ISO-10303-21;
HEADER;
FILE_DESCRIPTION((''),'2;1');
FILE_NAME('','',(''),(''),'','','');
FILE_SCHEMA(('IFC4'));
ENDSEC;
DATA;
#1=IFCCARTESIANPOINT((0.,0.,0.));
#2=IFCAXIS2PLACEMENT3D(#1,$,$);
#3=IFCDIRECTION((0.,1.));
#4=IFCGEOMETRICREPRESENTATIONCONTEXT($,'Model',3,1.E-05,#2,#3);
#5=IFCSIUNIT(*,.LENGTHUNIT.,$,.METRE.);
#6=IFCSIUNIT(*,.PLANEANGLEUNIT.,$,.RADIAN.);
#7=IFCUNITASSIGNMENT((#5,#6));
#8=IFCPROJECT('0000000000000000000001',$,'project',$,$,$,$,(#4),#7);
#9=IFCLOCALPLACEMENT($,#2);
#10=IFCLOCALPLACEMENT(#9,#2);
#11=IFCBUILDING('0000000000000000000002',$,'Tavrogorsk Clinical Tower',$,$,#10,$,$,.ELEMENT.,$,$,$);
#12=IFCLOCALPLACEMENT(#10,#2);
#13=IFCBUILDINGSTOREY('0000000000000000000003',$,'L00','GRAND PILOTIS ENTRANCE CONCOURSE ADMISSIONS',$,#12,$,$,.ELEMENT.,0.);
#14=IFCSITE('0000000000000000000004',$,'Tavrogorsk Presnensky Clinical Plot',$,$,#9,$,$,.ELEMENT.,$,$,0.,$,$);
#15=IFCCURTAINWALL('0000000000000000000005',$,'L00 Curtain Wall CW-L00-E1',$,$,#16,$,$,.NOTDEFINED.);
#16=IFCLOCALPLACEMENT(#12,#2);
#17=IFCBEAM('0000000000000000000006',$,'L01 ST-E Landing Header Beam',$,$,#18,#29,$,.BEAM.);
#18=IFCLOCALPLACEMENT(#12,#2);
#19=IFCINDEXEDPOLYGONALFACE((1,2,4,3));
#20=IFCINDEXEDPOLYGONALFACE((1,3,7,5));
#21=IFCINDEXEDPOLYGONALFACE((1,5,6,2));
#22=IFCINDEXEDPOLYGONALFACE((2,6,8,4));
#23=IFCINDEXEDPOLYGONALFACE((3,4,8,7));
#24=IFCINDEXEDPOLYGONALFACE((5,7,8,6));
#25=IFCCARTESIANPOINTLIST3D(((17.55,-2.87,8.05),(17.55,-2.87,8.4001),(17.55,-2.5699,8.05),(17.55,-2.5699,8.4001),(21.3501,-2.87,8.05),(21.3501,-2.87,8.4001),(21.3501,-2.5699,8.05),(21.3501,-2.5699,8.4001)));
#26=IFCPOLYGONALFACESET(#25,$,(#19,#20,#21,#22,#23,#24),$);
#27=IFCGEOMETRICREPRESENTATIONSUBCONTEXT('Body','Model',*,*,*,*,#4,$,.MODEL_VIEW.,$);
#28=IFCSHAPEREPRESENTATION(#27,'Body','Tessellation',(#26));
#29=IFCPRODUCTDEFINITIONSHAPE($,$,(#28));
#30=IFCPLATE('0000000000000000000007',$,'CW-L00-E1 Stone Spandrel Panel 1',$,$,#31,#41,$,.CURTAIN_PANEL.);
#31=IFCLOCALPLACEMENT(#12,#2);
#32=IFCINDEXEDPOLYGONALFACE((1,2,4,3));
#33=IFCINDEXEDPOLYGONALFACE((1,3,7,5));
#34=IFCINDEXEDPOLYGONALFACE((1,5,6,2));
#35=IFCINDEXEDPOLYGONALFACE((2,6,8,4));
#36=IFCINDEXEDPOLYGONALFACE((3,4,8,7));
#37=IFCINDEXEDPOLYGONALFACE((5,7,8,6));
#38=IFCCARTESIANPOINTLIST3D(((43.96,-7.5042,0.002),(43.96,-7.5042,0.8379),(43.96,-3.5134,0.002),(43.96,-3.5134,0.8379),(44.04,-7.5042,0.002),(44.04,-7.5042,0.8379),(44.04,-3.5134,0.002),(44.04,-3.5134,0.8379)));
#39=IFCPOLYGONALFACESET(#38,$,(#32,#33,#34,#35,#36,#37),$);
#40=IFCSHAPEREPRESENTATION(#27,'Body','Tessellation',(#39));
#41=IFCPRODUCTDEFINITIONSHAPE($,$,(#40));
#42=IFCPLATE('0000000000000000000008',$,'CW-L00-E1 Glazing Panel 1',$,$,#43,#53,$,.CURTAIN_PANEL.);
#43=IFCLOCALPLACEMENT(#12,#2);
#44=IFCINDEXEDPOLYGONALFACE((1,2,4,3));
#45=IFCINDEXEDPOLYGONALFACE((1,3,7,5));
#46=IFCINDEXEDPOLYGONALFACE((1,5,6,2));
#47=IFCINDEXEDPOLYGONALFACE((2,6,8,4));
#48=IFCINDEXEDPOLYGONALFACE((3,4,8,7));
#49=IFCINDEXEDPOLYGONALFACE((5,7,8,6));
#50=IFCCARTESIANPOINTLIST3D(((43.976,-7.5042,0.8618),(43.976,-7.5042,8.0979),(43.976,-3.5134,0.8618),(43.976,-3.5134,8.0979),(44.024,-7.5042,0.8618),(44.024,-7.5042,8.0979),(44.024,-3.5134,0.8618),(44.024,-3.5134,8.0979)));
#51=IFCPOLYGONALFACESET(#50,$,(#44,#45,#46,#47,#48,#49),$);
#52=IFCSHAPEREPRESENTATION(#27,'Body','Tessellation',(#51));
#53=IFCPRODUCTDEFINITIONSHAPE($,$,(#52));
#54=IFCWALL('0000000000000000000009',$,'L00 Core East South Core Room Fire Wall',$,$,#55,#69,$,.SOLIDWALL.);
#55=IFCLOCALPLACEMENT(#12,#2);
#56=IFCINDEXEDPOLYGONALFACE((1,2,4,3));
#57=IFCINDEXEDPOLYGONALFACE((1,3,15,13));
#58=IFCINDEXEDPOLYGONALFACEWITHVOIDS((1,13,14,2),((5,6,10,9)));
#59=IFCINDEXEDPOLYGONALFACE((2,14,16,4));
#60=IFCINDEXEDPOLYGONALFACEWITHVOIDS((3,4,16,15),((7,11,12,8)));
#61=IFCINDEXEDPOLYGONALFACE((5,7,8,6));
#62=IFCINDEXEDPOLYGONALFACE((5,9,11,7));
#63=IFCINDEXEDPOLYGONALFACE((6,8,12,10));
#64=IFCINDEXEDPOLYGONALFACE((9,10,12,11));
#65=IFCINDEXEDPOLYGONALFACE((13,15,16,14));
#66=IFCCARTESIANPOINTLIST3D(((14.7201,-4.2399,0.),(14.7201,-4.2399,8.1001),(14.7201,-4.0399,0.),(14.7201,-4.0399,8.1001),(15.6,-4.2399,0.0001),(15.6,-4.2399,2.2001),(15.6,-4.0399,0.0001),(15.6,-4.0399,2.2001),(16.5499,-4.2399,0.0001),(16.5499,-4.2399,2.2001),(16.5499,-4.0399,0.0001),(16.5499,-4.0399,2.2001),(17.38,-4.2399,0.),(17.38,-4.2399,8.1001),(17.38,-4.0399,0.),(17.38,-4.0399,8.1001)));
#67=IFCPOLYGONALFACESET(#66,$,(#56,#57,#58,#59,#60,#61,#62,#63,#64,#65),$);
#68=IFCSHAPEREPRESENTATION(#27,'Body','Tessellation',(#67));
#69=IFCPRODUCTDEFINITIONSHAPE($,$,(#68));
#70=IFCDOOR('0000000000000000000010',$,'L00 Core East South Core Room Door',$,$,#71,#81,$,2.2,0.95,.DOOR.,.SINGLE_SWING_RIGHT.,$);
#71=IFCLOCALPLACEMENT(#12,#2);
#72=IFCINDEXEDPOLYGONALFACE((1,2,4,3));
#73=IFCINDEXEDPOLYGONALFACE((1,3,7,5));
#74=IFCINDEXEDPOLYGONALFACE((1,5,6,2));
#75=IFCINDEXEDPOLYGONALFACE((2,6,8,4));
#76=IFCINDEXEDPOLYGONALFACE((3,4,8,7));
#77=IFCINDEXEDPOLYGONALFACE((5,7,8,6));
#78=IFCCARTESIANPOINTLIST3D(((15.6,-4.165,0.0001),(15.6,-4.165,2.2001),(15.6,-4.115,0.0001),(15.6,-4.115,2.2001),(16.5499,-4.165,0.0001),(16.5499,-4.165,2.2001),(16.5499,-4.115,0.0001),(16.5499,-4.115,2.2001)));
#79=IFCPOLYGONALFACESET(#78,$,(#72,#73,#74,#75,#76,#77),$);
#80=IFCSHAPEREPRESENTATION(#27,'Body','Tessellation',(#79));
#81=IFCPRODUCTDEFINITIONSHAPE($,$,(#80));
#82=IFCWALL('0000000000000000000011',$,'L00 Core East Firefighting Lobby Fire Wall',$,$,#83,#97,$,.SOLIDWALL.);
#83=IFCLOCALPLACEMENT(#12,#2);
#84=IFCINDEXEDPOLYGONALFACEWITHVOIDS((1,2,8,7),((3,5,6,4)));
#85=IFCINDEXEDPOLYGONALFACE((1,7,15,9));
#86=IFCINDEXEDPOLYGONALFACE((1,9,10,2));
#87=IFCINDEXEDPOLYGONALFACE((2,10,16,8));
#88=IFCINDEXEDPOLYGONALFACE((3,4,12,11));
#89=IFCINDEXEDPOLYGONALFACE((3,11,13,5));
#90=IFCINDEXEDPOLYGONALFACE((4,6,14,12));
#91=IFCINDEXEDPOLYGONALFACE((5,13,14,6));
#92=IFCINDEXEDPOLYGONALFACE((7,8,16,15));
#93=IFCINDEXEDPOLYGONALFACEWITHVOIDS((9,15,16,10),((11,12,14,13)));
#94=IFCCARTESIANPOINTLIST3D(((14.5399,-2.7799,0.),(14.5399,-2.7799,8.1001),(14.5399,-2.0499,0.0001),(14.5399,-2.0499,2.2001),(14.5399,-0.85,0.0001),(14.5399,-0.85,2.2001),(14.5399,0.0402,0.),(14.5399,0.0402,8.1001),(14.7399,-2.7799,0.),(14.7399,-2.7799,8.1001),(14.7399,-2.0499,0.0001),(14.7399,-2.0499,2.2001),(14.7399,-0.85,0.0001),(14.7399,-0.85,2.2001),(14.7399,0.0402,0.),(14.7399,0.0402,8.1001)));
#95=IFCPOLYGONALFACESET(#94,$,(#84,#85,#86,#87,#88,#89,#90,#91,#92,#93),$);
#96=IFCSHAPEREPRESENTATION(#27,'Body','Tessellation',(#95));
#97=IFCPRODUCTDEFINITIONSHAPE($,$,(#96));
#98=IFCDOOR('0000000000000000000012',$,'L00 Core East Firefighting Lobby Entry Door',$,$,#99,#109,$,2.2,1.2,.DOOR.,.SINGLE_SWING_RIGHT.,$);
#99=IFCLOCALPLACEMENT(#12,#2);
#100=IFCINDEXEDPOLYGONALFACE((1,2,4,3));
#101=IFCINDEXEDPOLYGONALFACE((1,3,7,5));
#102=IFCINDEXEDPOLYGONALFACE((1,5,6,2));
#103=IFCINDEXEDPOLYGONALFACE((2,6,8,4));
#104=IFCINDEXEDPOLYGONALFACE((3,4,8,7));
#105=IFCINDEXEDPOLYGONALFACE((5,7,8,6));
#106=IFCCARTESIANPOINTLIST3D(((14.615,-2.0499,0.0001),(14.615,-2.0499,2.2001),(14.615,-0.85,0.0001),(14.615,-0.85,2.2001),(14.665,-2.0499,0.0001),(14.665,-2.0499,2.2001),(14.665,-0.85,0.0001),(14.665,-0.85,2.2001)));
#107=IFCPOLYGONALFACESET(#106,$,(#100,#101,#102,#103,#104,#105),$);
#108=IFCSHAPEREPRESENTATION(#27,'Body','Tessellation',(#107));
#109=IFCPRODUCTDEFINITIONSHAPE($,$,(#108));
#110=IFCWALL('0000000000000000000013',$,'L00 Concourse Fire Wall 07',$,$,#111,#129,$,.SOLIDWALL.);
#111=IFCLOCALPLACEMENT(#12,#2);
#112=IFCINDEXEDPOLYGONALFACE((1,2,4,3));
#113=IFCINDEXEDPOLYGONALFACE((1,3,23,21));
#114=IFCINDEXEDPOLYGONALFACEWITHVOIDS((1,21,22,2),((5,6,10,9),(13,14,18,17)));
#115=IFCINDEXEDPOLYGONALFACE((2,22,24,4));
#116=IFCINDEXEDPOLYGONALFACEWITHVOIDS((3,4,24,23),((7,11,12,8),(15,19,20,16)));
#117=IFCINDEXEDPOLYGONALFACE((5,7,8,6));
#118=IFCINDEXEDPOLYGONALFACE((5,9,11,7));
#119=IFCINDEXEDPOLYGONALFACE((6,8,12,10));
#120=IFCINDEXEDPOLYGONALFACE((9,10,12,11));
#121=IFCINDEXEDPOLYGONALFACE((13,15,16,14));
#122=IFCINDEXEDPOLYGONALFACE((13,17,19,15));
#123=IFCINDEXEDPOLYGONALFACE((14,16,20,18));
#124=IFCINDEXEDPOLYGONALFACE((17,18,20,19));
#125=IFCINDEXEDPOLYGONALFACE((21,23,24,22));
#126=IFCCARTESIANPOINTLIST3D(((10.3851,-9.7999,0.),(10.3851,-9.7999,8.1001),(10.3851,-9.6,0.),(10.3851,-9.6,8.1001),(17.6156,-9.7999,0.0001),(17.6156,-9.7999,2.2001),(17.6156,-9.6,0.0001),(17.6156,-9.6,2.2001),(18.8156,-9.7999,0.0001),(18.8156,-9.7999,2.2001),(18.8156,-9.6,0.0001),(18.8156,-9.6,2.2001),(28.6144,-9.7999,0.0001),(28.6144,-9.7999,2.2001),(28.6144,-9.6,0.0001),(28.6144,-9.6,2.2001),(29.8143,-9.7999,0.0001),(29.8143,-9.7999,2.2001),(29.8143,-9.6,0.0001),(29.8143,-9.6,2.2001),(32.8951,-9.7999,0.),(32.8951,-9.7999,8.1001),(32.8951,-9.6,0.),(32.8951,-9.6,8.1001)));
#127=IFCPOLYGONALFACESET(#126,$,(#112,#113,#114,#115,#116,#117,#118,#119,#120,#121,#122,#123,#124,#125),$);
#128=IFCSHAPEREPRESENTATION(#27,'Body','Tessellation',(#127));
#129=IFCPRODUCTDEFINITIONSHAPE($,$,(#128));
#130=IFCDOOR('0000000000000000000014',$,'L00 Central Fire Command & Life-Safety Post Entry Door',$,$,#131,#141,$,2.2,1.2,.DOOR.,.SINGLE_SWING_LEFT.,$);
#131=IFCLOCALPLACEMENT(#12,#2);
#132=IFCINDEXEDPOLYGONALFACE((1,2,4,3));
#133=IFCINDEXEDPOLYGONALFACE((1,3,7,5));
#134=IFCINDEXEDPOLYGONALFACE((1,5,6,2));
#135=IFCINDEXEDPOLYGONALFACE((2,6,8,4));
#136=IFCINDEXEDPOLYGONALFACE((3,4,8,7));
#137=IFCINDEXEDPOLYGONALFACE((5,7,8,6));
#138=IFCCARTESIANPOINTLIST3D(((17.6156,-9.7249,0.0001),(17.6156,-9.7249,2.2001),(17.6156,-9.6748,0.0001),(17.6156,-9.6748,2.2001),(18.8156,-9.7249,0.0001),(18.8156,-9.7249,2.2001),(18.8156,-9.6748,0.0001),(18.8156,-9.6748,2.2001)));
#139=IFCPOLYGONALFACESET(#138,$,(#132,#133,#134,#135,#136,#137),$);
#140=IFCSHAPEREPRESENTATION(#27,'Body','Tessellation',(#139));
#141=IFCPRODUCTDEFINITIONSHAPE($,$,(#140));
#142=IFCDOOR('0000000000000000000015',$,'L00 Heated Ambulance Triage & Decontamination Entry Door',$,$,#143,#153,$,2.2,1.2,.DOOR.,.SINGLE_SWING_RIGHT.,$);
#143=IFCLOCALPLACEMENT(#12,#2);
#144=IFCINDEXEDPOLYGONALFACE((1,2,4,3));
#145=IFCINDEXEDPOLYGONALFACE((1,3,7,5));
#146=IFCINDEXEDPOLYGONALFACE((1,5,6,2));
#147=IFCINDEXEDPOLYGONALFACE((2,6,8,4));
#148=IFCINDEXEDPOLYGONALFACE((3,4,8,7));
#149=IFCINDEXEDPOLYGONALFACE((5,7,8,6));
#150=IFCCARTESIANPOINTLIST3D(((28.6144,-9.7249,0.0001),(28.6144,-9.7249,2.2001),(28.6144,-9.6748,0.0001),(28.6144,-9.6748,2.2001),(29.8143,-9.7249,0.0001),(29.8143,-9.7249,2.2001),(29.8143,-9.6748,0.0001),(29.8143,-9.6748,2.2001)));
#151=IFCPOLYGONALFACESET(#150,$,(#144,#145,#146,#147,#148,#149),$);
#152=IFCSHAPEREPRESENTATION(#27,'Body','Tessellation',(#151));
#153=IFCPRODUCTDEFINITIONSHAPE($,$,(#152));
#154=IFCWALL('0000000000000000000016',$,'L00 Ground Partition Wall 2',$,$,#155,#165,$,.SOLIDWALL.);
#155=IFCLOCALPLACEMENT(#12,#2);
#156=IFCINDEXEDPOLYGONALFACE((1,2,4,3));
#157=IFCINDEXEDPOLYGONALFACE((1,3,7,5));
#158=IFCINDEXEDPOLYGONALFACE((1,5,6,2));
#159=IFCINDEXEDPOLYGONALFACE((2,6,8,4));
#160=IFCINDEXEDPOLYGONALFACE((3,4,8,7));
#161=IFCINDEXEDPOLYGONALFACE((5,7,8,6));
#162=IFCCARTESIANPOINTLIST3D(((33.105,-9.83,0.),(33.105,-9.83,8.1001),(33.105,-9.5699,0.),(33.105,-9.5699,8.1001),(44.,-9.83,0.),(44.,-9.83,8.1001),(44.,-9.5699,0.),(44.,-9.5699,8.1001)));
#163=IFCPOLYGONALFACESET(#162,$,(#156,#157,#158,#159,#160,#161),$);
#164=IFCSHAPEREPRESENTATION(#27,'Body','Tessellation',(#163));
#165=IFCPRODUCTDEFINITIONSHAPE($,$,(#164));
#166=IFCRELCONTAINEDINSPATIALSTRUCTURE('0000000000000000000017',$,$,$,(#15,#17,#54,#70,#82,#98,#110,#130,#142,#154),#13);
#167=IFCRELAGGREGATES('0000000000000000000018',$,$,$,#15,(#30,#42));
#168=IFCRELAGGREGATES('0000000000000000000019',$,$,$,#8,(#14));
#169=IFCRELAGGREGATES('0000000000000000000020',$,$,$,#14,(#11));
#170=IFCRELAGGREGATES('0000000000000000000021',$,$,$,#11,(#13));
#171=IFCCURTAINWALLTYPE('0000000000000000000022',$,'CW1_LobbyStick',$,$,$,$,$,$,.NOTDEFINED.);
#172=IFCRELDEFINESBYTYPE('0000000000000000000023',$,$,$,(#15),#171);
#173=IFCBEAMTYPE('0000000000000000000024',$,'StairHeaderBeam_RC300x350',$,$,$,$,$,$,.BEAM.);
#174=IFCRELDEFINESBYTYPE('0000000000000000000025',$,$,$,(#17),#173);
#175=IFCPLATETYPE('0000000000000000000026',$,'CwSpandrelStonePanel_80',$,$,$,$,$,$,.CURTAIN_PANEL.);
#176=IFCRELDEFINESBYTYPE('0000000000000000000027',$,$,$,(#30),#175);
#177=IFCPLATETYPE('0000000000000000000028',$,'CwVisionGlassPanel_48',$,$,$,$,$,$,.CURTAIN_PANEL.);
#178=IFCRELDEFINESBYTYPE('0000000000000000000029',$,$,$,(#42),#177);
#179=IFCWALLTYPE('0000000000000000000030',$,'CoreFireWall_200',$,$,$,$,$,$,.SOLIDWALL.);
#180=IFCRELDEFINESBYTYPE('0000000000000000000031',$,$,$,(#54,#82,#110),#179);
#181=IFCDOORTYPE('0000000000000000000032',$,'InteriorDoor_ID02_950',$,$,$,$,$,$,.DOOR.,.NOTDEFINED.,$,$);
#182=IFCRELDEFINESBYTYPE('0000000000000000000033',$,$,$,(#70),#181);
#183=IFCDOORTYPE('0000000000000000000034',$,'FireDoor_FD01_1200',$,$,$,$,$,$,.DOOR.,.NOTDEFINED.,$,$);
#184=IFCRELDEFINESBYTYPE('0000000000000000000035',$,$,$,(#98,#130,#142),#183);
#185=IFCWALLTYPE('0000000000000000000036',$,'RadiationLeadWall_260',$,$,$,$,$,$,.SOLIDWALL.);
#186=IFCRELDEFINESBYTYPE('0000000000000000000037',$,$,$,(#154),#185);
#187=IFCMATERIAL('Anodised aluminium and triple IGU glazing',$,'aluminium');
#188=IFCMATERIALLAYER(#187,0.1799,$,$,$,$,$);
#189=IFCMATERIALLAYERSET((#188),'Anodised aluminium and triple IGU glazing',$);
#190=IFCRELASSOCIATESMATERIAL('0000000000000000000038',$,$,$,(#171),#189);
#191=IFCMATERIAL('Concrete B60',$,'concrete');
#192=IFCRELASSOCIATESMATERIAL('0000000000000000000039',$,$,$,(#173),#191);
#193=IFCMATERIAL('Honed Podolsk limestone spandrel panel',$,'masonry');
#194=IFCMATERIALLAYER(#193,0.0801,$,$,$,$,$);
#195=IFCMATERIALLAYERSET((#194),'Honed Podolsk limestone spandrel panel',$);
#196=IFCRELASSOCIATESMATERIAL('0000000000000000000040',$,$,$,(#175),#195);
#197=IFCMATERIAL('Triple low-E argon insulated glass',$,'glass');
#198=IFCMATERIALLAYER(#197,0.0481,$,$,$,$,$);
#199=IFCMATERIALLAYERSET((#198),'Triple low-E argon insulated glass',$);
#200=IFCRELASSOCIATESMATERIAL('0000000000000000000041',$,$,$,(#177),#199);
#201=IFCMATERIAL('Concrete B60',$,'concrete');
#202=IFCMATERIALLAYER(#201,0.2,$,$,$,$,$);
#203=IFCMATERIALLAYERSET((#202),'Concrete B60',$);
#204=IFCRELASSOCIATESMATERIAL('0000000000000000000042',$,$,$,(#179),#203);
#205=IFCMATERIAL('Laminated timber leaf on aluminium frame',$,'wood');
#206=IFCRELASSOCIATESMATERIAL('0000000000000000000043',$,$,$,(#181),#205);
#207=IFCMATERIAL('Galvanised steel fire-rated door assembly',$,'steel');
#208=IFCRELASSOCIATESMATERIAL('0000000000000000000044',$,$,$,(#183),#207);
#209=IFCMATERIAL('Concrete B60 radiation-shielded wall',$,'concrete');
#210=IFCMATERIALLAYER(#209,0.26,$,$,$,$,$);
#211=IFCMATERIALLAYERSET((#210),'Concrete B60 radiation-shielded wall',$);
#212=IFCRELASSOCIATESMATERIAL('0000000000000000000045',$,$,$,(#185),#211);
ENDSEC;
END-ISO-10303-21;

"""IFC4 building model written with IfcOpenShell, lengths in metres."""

from ifc_helpers import new_model, si_unit, direction, frame, frame_2d, origin, origin_2d, place, context, subcontext, project, spatial, rectangle, extrude, material, layer, layer_set, material_profile, profile_set, type_object, element, fill, aggregate, save


model = new_model("IFC4")

# Units and contexts
model_context = context("Model", 3, precision=1e-05, world=origin(), true_north=direction((0.0, 1.0)))
body_context = subcontext(model_context, "Body", "Model", "MODEL_VIEW")
ifc_project = project(units=[si_unit("LENGTHUNIT", "METRE"), si_unit("PLANEANGLEUNIT", "RADIAN")], contexts=[model_context])

# Site, building, storey
site_placement = place(None, origin())
site = spatial("IfcSite", under=ifc_project, at=site_placement, Name="Tavrogorsk Presnensky Clinical Plot", CompositionType="ELEMENT", RefElevation=0.0)
building_placement = place(site_placement, origin())
building = spatial("IfcBuilding", under=site, at=building_placement, Name="Tavrogorsk Clinical Tower", CompositionType="ELEMENT")
storey_placement = place(building_placement, origin())
storey = spatial("IfcBuildingStorey", under=building, at=storey_placement, Name="L00", Description="GRAND PILOTIS ENTRANCE CONCOURSE ADMISSIONS", CompositionType="ELEMENT", Elevation=0.0)

# Curtain wall
ifc_material_1 = material(Name="Anodised aluminium and triple IGU glazing", Category="aluminium")
ifc_layer_1 = layer(ifc_material_1, 0.1799)
ifc_layer_set_1 = layer_set([ifc_layer_1], Name="Anodised aluminium and triple IGU glazing")
curtain_wall_type = type_object("IfcCurtainWallType", Name="CW1_LobbyStick", PredefinedType="NOTDEFINED", material=ifc_layer_set_1)
curtain_wall_placement = place(storey_placement, origin())
curtain_wall = element("IfcCurtainWall", 1, at=curtain_wall_placement, inside=storey, type_object=curtain_wall_type, Name="L00 Curtain Wall CW-L00-E1", PredefinedType="NOTDEFINED")

# Beam
ifc_material_2 = material(Name="Concrete B60", Category="concrete")
ifc_material_profile_1 = material_profile(ifc_material_2, rectangle(XDim=0.3, YDim=0.3501, at=origin_2d()), Name="RC-SHB-300x350")
ifc_profile_set_1 = profile_set([ifc_material_profile_1], Name="Concrete B60")
beam_type = type_object("IfcBeamType", Name="StairHeaderBeam_RC300x350", PredefinedType="BEAM", material=ifc_profile_set_1)
beam_placement = place(storey_placement, frame((17.55, -2.72, 8.2251), z_axis=(1.0, 0.0, 0.0), x_axis=(0.0, 1.0, 0.0)))
element("IfcBeam", 2, at=beam_placement, inside=storey, type_object=beam_type, Name="L01 ST-E Landing Header Beam", PredefinedType="BEAM", context=body_context, shape_type="SweptSolid", body=[
    extrude(rectangle(XDim=0.3, YDim=0.3501, at=origin_2d()), origin(), (0.0, 0.0, 1.0), 3.8),
])

# Plates
ifc_material_3 = material(Name="Honed Podolsk limestone spandrel panel", Category="masonry")
ifc_layer_2 = layer(ifc_material_3, 0.0801)
ifc_layer_set_2 = layer_set([ifc_layer_2], Name="Honed Podolsk limestone spandrel panel")
plate_type_1 = type_object("IfcPlateType", Name="CwSpandrelStonePanel_80", PredefinedType="CURTAIN_PANEL", material=ifc_layer_set_2)
plate_1_placement = place(storey_placement, frame((44.0, -5.5088, 0.002), z_axis=(0.0, 0.0, 1.0), x_axis=(0.0, 1.0, 0.0)))
plate_1 = element("IfcPlate", 3, at=plate_1_placement, type_object=plate_type_1, Name="CW-L00-E1 Stone Spandrel Panel 1", PredefinedType="CURTAIN_PANEL", context=body_context, shape_type="SweptSolid", body=[
    extrude(rectangle(XDim=3.9907, YDim=0.0801, at=origin_2d()), origin(), (0.0, 0.0, 1.0), 0.8359),
])
ifc_material_4 = material(Name="Triple low-E argon insulated glass", Category="glass")
ifc_layer_3 = layer(ifc_material_4, 0.0481)
ifc_layer_set_3 = layer_set([ifc_layer_3], Name="Triple low-E argon insulated glass")
plate_type_2 = type_object("IfcPlateType", Name="CwVisionGlassPanel_48", PredefinedType="CURTAIN_PANEL", material=ifc_layer_set_3)
plate_2_placement = place(storey_placement, frame((44.0, -5.5088, 0.8618), z_axis=(0.0, 0.0, 1.0), x_axis=(0.0, 1.0, 0.0)))
plate_2 = element("IfcPlate", 4, at=plate_2_placement, type_object=plate_type_2, Name="CW-L00-E1 Glazing Panel 1", PredefinedType="CURTAIN_PANEL", context=body_context, shape_type="SweptSolid", body=[
    extrude(rectangle(XDim=3.9907, YDim=0.0481, at=origin_2d()), origin(), (0.0, 0.0, 1.0), 7.2361),
])
aggregate(curtain_wall, [plate_1, plate_2])

# Walls, openings, doors
ifc_material_5 = material(Name="Concrete B60", Category="concrete")
ifc_layer_4 = layer(ifc_material_5, 0.2)
ifc_layer_set_4 = layer_set([ifc_layer_4], Name="Concrete B60")
wall_type_1 = type_object("IfcWallType", Name="CoreFireWall_200", PredefinedType="SOLIDWALL", material=ifc_layer_set_4)
wall_1_placement = place(storey_placement, frame((14.72, -4.1399, 0.0), z_axis=(0.0, 0.0, 1.0), x_axis=(1.0, 0.0, 0.0)))
wall_1 = element("IfcWall", 5, at=wall_1_placement, inside=storey, type_object=wall_type_1, Name="L00 Core East South Core Room Fire Wall", PredefinedType="SOLIDWALL", context=body_context, shape_type="SweptSolid", body=[
    extrude(rectangle(XDim=2.6599, YDim=0.2, at=frame_2d((1.3301, 0.0))), origin(), (0.0, 0.0, 1.0), 8.1001),
])
opening_1_placement = place(wall_1_placement, frame((0.8799, 0.0, 0.0)))
opening_1 = element("IfcOpeningElement", 6, at=opening_1_placement, cuts=wall_1, PredefinedType="OPENING", context=body_context, shape_type="SweptSolid", body=[
    extrude(rectangle(XDim=0.95, YDim=2.2, at=frame_2d((0.4751, 1.1001))), frame((0.0, 0.1099, 0.0), z_axis=(0.0, -1.0, 0.0), x_axis=(1.0, 0.0, 0.0)), (0.0, 0.0, 1.0), 0.22),
])
ifc_material_6 = material(Name="Laminated timber leaf on aluminium frame", Category="wood")
door_type_1 = type_object("IfcDoorType", Name="InteriorDoor_ID02_950", OperationType="NOTDEFINED", PredefinedType="DOOR", material=ifc_material_6)
door_1_placement = place(opening_1_placement, origin())
door_1 = element("IfcDoor", 7, at=door_1_placement, inside=storey, type_object=door_type_1, Name="L00 Core East South Core Room Door", OperationType="SINGLE_SWING_RIGHT", OverallHeight=2.2, OverallWidth=0.95, PredefinedType="DOOR", context=body_context, shape_type="SweptSolid", body=[
    extrude(rectangle(XDim=0.95, YDim=2.2, at=frame_2d((0.4751, 1.1001))), frame((0.0, 0.0249, 0.0), z_axis=(0.0, -1.0, 0.0), x_axis=(1.0, 0.0, 0.0)), (0.0, 0.0, 1.0), 0.05),
])
fill(opening_1, door_1)
wall_2_placement = place(storey_placement, frame((14.6399, -2.78, 0.0), z_axis=(0.0, 0.0, 1.0), x_axis=(0.0, 1.0, 0.0)))
wall_2 = element("IfcWall", 8, at=wall_2_placement, inside=storey, type_object=wall_type_1, Name="L00 Core East Firefighting Lobby Fire Wall", PredefinedType="SOLIDWALL", context=body_context, shape_type="SweptSolid", body=[
    extrude(rectangle(XDim=2.8201, YDim=0.2, at=frame_2d((1.4102, 0.0))), origin(), (0.0, 0.0, 1.0), 8.1001),
])
opening_2_placement = place(wall_2_placement, frame((0.73, 0.0, 0.0)))
opening_2 = element("IfcOpeningElement", 9, at=opening_2_placement, cuts=wall_2, PredefinedType="OPENING", context=body_context, shape_type="SweptSolid", body=[
    extrude(rectangle(XDim=1.2, YDim=2.2, at=frame_2d((0.6001, 1.1001))), frame((0.0, 0.1099, 0.0), z_axis=(0.0, -1.0, 0.0), x_axis=(1.0, 0.0, 0.0)), (0.0, 0.0, 1.0), 0.22),
])
ifc_material_7 = material(Name="Galvanised steel fire-rated door assembly", Category="steel")
door_type_2 = type_object("IfcDoorType", Name="FireDoor_FD01_1200", OperationType="NOTDEFINED", PredefinedType="DOOR", material=ifc_material_7)
door_2_placement = place(opening_2_placement, origin())
door_2 = element("IfcDoor", 10, at=door_2_placement, inside=storey, type_object=door_type_2, Name="L00 Core East Firefighting Lobby Entry Door", OperationType="SINGLE_SWING_RIGHT", OverallHeight=2.2, OverallWidth=1.2, PredefinedType="DOOR", context=body_context, shape_type="SweptSolid", body=[
    extrude(rectangle(XDim=1.2, YDim=2.2, at=frame_2d((0.6001, 1.1001))), frame((0.0, 0.0249, 0.0), z_axis=(0.0, -1.0, 0.0), x_axis=(1.0, 0.0, 0.0)), (0.0, 0.0, 1.0), 0.05),
])
fill(opening_2, door_2)

# Wall, openings, doors
wall_3_placement = place(storey_placement, frame((32.895, -9.7, 0.0), z_axis=(0.0, 0.0, 1.0), x_axis=(-1.0, 0.0, 0.0)))
wall_3 = element("IfcWall", 11, at=wall_3_placement, inside=storey, type_object=wall_type_1, Name="L00 Concourse Fire Wall 07", PredefinedType="SOLIDWALL", context=body_context, shape_type="SweptSolid", body=[
    extrude(rectangle(XDim=22.51, YDim=0.2, at=frame_2d((11.2549, 0.0))), origin(), (0.0, 0.0, 1.0), 8.1001),
])
opening_3_placement = place(wall_3_placement, frame((14.0793, 0.0, 0.0)))
opening_3 = element("IfcOpeningElement", 12, at=opening_3_placement, cuts=wall_3, PredefinedType="OPENING", context=body_context, shape_type="SweptSolid", body=[
    extrude(rectangle(XDim=1.2, YDim=2.2, at=frame_2d((0.6001, 1.1001))), frame((0.0, 0.1099, 0.0), z_axis=(0.0, -1.0, 0.0), x_axis=(1.0, 0.0, 0.0)), (0.0, 0.0, 1.0), 0.22),
])
opening_4_placement = place(wall_3_placement, frame((3.0806, 0.0, 0.0)))
opening_4 = element("IfcOpeningElement", 13, at=opening_4_placement, cuts=wall_3, PredefinedType="OPENING", context=body_context, shape_type="SweptSolid", body=[
    extrude(rectangle(XDim=1.2, YDim=2.2, at=frame_2d((0.6001, 1.1001))), frame((0.0, 0.1099, 0.0), z_axis=(0.0, -1.0, 0.0), x_axis=(1.0, 0.0, 0.0)), (0.0, 0.0, 1.0), 0.22),
])
door_3_placement = place(opening_3_placement, origin())
door_3 = element("IfcDoor", 14, at=door_3_placement, inside=storey, type_object=door_type_2, Name="L00 Central Fire Command & Life-Safety Post Entry Door", OperationType="SINGLE_SWING_LEFT", OverallHeight=2.2, OverallWidth=1.2, PredefinedType="DOOR", context=body_context, shape_type="SweptSolid", body=[
    extrude(rectangle(XDim=1.2, YDim=2.2, at=frame_2d((0.6001, 1.1001))), frame((0.0, 0.0249, 0.0), z_axis=(0.0, -1.0, 0.0), x_axis=(1.0, 0.0, 0.0)), (0.0, 0.0, 1.0), 0.05),
])
fill(opening_3, door_3)
door_4_placement = place(opening_4_placement, origin())
door_4 = element("IfcDoor", 15, at=door_4_placement, inside=storey, type_object=door_type_2, Name="L00 Heated Ambulance Triage & Decontamination Entry Door", OperationType="SINGLE_SWING_RIGHT", OverallHeight=2.2, OverallWidth=1.2, PredefinedType="DOOR", context=body_context, shape_type="SweptSolid", body=[
    extrude(rectangle(XDim=1.2, YDim=2.2, at=frame_2d((0.6001, 1.1001))), frame((0.0, 0.0249, 0.0), z_axis=(0.0, -1.0, 0.0), x_axis=(1.0, 0.0, 0.0)), (0.0, 0.0, 1.0), 0.05),
])
fill(opening_4, door_4)

# Wall
ifc_material_8 = material(Name="Concrete B60 radiation-shielded wall", Category="concrete")
ifc_layer_5 = layer(ifc_material_8, 0.26)
ifc_layer_set_5 = layer_set([ifc_layer_5], Name="Concrete B60 radiation-shielded wall")
wall_type_2 = type_object("IfcWallType", Name="RadiationLeadWall_260", PredefinedType="SOLIDWALL", material=ifc_layer_set_5)
wall_4_placement = place(storey_placement, frame((33.105, -9.7, 0.0), z_axis=(0.0, 0.0, 1.0), x_axis=(1.0, 0.0, 0.0)))
element("IfcWall", 16, at=wall_4_placement, inside=storey, type_object=wall_type_2, Name="L00 Ground Partition Wall 2", PredefinedType="SOLIDWALL", context=body_context, shape_type="SweptSolid", body=[
    extrude(rectangle(XDim=10.895, YDim=0.26, at=frame_2d((5.4475, 0.0))), origin(), (0.0, 0.0, 1.0), 8.1001),
])

save(model, "model.ifc")
